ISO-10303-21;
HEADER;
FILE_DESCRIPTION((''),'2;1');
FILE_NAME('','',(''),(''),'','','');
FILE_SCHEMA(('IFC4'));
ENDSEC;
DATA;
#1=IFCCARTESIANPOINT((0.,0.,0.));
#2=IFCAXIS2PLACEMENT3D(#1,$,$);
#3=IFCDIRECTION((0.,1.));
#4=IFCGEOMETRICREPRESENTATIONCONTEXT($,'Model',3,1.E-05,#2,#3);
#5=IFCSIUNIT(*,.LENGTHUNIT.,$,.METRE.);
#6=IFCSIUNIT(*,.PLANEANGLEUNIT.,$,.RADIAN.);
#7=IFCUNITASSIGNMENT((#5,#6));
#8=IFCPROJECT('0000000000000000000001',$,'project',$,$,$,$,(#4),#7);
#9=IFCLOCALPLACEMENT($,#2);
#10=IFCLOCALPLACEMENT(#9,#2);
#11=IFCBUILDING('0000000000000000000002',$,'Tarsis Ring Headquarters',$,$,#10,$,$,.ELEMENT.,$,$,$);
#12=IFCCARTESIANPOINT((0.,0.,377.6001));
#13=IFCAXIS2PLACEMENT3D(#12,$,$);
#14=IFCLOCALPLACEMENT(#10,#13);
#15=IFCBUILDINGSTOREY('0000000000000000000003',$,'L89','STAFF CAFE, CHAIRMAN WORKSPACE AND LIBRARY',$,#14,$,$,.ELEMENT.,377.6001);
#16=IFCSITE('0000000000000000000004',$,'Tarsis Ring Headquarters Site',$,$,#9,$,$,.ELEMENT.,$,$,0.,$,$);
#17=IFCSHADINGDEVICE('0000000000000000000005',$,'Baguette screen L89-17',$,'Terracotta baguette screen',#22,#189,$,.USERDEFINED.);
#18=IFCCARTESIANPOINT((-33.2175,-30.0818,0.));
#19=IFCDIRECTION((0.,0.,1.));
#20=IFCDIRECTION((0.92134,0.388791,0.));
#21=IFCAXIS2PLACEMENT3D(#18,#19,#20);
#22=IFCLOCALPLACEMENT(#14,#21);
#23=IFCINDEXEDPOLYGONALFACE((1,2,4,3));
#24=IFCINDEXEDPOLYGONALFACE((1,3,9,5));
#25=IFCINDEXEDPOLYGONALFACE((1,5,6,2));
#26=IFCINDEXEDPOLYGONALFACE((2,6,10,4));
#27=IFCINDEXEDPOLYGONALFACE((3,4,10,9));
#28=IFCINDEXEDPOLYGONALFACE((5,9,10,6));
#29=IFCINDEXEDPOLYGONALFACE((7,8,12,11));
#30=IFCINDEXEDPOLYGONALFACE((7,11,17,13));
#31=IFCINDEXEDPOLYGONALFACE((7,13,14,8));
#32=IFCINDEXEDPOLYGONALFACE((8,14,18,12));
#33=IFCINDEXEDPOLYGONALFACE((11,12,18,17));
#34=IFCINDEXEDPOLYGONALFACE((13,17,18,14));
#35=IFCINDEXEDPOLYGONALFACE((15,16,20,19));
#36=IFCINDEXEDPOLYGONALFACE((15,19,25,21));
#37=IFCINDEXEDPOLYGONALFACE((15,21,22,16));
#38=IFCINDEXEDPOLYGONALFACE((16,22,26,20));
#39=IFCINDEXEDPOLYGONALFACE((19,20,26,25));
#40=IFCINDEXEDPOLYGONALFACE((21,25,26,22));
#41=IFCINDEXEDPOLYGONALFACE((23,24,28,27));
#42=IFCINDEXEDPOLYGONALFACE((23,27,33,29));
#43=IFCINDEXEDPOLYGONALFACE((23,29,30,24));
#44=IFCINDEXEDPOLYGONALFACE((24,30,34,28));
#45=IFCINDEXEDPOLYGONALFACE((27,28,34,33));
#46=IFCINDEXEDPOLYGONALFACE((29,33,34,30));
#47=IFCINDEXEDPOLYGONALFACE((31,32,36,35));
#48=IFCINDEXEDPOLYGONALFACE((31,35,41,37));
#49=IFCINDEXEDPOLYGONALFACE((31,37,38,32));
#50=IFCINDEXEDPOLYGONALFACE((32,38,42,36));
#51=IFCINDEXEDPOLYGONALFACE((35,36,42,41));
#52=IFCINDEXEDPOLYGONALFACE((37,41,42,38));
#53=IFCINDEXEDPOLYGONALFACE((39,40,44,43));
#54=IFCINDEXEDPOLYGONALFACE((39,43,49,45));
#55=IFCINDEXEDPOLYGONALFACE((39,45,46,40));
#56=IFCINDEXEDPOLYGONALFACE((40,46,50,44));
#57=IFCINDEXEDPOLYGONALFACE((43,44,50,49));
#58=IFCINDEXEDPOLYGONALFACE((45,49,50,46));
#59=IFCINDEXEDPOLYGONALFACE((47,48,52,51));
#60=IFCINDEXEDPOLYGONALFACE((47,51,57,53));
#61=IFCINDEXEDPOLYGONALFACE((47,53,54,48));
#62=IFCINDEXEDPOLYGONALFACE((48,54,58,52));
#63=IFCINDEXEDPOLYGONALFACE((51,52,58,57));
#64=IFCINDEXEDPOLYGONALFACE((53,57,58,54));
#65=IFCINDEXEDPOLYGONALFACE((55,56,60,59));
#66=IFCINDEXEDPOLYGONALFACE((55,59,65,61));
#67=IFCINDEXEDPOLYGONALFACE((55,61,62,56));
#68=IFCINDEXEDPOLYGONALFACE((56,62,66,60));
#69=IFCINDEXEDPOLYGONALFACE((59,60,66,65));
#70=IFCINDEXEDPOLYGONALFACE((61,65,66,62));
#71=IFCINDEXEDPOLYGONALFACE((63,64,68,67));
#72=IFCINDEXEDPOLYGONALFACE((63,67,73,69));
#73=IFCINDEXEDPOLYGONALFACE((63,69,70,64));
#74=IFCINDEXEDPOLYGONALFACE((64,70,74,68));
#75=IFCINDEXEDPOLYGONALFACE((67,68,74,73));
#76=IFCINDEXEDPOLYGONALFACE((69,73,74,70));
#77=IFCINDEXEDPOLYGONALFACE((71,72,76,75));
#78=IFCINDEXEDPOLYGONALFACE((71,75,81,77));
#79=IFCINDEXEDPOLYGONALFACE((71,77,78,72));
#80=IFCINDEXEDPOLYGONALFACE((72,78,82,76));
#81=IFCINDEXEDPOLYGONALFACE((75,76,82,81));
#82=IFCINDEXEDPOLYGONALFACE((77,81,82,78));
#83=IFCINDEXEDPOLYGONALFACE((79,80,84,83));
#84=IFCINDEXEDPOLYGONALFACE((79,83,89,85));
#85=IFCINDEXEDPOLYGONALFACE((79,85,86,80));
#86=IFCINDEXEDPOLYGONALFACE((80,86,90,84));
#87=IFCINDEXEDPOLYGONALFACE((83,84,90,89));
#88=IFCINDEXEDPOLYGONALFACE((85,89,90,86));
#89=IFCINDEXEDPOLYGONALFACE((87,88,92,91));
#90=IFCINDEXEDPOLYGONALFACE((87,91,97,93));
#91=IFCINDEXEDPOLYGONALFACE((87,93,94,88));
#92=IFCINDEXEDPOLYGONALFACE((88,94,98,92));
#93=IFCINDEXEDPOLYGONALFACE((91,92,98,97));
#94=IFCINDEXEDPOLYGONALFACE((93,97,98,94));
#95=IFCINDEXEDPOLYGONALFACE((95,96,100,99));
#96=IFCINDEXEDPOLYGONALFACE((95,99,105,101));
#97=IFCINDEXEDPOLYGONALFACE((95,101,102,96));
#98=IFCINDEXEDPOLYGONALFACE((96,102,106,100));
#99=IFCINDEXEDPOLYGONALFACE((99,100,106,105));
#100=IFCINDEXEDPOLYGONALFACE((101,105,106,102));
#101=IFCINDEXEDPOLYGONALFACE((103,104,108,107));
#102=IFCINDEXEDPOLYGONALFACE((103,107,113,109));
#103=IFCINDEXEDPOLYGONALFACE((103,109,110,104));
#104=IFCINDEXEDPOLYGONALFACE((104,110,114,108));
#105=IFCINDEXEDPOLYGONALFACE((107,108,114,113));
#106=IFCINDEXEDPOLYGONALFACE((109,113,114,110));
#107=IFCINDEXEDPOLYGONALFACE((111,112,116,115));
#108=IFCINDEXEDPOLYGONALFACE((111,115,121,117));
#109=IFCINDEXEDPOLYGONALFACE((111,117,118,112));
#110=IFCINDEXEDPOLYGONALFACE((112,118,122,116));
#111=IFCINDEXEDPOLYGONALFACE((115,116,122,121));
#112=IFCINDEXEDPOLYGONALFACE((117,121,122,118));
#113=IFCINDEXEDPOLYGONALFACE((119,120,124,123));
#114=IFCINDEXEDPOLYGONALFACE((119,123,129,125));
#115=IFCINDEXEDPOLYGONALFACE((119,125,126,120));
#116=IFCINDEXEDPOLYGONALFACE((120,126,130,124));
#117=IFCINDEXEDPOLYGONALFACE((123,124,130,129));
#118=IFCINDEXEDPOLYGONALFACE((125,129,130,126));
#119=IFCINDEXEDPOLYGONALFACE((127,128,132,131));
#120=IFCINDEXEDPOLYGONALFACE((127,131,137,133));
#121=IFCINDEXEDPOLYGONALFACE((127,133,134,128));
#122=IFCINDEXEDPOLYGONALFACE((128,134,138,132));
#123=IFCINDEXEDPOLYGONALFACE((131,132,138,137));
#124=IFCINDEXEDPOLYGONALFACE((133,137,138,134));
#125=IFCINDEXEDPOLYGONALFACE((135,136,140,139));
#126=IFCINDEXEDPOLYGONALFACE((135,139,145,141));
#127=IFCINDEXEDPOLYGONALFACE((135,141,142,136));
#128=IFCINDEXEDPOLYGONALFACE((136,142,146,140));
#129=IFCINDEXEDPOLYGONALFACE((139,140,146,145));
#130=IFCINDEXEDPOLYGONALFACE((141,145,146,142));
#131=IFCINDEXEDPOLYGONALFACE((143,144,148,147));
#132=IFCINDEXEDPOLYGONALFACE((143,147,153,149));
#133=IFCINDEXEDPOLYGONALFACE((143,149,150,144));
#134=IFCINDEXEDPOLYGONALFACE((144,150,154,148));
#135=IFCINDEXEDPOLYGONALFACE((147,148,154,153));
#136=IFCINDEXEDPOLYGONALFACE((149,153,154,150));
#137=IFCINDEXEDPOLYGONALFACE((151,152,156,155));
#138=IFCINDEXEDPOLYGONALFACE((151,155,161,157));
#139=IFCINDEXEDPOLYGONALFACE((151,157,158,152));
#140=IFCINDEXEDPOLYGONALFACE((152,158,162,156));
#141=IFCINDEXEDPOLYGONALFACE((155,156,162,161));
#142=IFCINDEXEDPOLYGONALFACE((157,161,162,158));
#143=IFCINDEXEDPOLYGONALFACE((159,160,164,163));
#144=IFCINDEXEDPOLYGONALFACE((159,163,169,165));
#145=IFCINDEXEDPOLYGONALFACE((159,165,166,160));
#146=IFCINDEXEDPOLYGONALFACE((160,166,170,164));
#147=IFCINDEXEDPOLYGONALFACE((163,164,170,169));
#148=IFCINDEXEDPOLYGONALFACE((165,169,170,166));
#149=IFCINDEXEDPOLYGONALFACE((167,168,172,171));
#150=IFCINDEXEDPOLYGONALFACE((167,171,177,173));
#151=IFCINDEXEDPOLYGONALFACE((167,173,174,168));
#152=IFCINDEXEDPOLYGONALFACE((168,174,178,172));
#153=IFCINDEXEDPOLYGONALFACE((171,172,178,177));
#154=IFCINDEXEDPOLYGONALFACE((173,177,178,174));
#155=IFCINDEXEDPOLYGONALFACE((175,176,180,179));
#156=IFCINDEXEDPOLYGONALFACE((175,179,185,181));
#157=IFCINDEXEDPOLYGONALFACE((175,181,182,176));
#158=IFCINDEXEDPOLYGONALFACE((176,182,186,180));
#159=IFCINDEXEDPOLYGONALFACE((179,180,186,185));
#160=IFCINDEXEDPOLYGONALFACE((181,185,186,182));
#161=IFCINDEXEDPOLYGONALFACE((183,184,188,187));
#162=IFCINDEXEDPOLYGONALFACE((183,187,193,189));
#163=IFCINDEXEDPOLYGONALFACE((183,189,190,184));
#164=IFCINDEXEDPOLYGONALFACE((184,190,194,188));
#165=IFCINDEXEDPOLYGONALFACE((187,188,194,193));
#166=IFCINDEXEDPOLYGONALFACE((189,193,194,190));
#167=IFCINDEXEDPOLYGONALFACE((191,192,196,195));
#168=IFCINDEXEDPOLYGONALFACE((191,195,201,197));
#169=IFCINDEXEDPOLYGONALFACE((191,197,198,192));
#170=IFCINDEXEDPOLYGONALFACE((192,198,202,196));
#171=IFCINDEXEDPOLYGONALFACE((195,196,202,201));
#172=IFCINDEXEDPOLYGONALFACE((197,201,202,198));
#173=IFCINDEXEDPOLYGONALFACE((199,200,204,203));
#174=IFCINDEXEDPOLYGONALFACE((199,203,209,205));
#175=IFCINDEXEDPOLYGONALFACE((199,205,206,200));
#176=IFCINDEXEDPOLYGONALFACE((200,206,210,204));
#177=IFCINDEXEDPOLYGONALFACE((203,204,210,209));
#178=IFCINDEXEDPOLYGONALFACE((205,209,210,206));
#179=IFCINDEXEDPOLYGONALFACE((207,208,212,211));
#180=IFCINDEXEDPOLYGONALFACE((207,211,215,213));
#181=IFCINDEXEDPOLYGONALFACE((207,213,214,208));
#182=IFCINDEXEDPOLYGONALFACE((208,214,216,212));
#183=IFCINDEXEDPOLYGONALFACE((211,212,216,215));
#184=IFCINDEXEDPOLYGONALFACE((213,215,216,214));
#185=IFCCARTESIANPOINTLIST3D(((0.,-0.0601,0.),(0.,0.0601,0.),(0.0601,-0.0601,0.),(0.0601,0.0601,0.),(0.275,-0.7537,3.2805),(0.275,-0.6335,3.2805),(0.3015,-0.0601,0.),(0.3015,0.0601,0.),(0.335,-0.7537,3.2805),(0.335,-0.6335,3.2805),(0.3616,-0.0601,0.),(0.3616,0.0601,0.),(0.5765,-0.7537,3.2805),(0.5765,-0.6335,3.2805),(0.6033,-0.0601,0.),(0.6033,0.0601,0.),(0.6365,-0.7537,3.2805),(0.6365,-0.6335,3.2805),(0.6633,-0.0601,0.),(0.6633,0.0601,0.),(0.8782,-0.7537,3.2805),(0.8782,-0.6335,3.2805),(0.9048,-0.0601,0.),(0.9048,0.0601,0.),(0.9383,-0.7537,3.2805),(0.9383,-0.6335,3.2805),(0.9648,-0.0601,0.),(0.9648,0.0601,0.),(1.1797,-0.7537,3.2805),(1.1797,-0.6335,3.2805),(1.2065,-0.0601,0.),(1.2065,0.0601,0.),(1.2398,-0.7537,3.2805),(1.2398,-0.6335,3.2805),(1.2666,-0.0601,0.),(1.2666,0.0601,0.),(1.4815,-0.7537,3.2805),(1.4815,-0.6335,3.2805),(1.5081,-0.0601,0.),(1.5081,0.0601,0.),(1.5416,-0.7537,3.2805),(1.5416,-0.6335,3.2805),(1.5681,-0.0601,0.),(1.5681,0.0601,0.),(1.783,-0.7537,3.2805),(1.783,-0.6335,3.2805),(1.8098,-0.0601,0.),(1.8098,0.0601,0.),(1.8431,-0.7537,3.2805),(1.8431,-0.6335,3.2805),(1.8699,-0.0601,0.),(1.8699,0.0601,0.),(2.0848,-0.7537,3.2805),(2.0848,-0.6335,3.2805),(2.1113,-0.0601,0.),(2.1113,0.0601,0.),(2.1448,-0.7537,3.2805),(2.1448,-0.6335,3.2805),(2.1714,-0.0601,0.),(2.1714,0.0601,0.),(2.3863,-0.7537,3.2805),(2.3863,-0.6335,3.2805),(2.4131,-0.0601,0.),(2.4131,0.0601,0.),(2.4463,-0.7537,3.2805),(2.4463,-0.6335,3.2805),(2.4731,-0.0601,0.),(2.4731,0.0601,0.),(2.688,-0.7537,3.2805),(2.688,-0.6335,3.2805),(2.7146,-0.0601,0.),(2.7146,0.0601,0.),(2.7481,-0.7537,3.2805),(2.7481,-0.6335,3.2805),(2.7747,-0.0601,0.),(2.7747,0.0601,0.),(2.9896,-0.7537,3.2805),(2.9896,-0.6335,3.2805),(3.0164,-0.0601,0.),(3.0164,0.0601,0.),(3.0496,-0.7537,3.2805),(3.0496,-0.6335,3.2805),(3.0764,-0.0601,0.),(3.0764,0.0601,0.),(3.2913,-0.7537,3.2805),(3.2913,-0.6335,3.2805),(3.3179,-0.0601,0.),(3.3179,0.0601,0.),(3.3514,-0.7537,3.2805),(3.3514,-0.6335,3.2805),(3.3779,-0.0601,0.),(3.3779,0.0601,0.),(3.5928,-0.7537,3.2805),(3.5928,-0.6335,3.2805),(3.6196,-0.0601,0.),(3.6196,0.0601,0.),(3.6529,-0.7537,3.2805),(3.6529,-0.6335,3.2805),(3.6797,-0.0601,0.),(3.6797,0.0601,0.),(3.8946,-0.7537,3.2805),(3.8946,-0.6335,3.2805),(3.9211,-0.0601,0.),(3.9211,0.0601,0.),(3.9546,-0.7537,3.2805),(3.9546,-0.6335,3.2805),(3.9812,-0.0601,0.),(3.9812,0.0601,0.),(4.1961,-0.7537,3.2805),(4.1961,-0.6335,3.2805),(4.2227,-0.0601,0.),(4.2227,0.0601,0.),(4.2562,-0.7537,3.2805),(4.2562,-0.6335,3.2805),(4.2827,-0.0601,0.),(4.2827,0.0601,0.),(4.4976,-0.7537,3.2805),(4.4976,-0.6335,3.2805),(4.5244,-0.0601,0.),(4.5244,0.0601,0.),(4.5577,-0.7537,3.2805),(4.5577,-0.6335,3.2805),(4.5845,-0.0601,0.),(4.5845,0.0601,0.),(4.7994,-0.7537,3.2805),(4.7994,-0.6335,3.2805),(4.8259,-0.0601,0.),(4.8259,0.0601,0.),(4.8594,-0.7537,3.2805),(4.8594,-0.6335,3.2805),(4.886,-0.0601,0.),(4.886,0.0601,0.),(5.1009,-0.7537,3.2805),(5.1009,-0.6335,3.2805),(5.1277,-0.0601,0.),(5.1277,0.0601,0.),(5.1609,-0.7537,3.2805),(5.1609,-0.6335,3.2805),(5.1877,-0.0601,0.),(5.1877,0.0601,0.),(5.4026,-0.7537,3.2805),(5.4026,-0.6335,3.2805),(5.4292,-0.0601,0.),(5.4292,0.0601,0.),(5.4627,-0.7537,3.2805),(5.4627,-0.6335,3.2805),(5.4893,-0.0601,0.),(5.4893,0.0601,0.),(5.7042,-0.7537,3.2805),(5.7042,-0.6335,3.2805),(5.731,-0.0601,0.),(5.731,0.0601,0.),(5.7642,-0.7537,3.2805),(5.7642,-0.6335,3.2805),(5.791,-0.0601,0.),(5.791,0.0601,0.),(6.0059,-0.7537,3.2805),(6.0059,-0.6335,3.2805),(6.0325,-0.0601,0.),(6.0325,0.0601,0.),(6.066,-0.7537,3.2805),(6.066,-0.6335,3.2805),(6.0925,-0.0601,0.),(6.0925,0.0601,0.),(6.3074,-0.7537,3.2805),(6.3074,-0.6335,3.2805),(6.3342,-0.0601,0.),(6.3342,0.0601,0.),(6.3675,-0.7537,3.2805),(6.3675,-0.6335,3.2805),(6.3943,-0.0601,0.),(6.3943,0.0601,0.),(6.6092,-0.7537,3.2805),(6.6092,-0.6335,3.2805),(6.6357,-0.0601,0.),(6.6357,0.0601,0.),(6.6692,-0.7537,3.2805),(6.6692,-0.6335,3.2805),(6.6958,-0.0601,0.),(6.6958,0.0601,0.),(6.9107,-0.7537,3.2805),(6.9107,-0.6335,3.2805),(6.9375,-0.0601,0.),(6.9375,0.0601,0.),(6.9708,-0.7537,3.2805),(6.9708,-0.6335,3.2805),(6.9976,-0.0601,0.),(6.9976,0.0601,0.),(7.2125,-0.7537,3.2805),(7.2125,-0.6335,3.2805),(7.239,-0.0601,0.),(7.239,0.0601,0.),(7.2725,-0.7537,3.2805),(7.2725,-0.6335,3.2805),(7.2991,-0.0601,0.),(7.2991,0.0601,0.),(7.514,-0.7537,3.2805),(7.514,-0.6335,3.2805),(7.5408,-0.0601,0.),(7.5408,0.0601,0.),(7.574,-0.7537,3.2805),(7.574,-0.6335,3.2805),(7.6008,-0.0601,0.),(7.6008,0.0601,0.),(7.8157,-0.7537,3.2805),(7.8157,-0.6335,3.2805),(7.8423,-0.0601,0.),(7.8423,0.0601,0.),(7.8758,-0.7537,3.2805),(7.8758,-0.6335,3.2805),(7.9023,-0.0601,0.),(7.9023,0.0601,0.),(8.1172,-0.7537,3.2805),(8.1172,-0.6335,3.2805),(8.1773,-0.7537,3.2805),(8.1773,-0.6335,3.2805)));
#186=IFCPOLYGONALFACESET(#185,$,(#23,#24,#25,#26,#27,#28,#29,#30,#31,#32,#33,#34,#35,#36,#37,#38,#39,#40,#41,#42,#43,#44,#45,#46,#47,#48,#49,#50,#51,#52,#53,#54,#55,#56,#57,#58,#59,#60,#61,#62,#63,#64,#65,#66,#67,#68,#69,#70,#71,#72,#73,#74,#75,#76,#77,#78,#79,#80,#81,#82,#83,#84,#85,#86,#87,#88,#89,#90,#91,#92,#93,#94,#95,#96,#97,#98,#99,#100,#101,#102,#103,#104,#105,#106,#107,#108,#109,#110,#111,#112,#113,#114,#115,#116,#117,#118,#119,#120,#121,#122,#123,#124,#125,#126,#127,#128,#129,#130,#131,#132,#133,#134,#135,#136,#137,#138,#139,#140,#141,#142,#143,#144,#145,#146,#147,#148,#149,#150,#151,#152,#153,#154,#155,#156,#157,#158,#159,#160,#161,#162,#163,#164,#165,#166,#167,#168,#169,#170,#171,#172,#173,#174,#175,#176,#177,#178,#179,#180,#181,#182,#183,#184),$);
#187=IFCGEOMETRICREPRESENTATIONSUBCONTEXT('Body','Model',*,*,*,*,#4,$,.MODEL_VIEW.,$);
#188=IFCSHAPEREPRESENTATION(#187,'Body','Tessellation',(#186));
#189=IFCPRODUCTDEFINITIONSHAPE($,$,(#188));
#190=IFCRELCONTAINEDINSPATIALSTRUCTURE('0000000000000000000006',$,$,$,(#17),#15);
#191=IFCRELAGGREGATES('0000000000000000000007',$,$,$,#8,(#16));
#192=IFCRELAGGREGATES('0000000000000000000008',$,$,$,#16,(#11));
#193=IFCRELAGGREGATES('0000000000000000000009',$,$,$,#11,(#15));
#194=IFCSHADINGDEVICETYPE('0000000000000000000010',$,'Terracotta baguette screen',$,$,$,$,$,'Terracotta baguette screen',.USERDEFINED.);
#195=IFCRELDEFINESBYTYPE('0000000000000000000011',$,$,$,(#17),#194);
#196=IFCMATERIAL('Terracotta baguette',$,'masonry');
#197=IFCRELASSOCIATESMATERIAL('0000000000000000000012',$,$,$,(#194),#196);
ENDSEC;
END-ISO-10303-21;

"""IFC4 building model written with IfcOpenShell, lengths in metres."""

from ifc_helpers import new_model, si_unit, direction, frame, frame_2d, origin, place, context, subcontext, project, spatial, rectangle, composite_profile, extrude, material, type_object, element, save


model = new_model("IFC4")

# Units and contexts
model_context = context("Model", 3, precision=1e-05, world=origin(), true_north=direction((0.0, 1.0)))
body_context = subcontext(model_context, "Body", "Model", "MODEL_VIEW")
ifc_project = project(units=[si_unit("LENGTHUNIT", "METRE"), si_unit("PLANEANGLEUNIT", "RADIAN")], contexts=[model_context])

# Site, building, storey
site_placement = place(None, origin())
site = spatial("IfcSite", under=ifc_project, at=site_placement, Name="Tarsis Ring Headquarters Site", CompositionType="ELEMENT", RefElevation=0.0)
building_placement = place(site_placement, origin())
building = spatial("IfcBuilding", under=site, at=building_placement, Name="Tarsis Ring Headquarters", CompositionType="ELEMENT")
storey_placement = place(building_placement, frame((0.0, 0.0, 377.6001)))
storey = spatial("IfcBuildingStorey", under=building, at=storey_placement, Name="L89", Description="STAFF CAFE, CHAIRMAN WORKSPACE AND LIBRARY", CompositionType="ELEMENT", Elevation=377.6001)

# Shading device
ifc_material_1 = material(Name="Terracotta baguette", Category="masonry")
shading_device_type_1 = type_object("IfcShadingDeviceType", Name="Terracotta baguette screen", ElementType="Terracotta baguette screen", PredefinedType="USERDEFINED", material=ifc_material_1)
shading_device_1_placement = place(storey_placement, frame((-33.2175, -30.0818, 0.0), z_axis=(0.0, 0.0, 1.0), x_axis=(0.92134, 0.388791, 0.0)))
element("IfcShadingDevice", 1, at=shading_device_1_placement, inside=storey, type_object=shading_device_type_1, Name="Baguette screen L89-17", ObjectType="Terracotta baguette screen", PredefinedType="USERDEFINED", context=body_context, shape_type="SweptSolid", body=[
    extrude(composite_profile([rectangle(XDim=0.0601, YDim=0.1201, at=frame_2d((0.03, 0.0))), rectangle(XDim=0.0601, YDim=0.1201, at=frame_2d((0.3315, 0.0))), rectangle(XDim=0.0601, YDim=0.1201, at=frame_2d((0.6333, 0.0))), rectangle(XDim=0.0601, YDim=0.1201, at=frame_2d((0.9348, 0.0))), rectangle(XDim=0.0601, YDim=0.1201, at=frame_2d((1.2366, 0.0))), rectangle(XDim=0.0601, YDim=0.1201, at=frame_2d((1.5381, 0.0))), rectangle(XDim=0.0601, YDim=0.1201, at=frame_2d((1.8398, 0.0))), rectangle(XDim=0.0601, YDim=0.1201, at=frame_2d((2.1414, 0.0))), rectangle(XDim=0.0601, YDim=0.1201, at=frame_2d((2.4431, 0.0))), rectangle(XDim=0.0601, YDim=0.1201, at=frame_2d((2.7446, 0.0))), rectangle(XDim=0.0601, YDim=0.1201, at=frame_2d((3.0464, 0.0))), rectangle(XDim=0.0601, YDim=0.1201, at=frame_2d((3.3479, 0.0))), rectangle(XDim=0.0601, YDim=0.1201, at=frame_2d((3.6497, 0.0))), rectangle(XDim=0.0601, YDim=0.1201, at=frame_2d((3.9512, 0.0))), rectangle(XDim=0.0601, YDim=0.1201, at=frame_2d((4.2527, 0.0))), rectangle(XDim=0.0601, YDim=0.1201, at=frame_2d((4.5544, 0.0))), rectangle(XDim=0.0601, YDim=0.1201, at=frame_2d((4.856, 0.0))), rectangle(XDim=0.0601, YDim=0.1201, at=frame_2d((5.1577, 0.0))), rectangle(XDim=0.0601, YDim=0.1201, at=frame_2d((5.4592, 0.0))), rectangle(XDim=0.0601, YDim=0.1201, at=frame_2d((5.761, 0.0))), rectangle(XDim=0.0601, YDim=0.1201, at=frame_2d((6.0625, 0.0))), rectangle(XDim=0.0601, YDim=0.1201, at=frame_2d((6.3643, 0.0))), rectangle(XDim=0.0601, YDim=0.1201, at=frame_2d((6.6658, 0.0))), rectangle(XDim=0.0601, YDim=0.1201, at=frame_2d((6.9675, 0.0))), rectangle(XDim=0.0601, YDim=0.1201, at=frame_2d((7.269, 0.0))), rectangle(XDim=0.0601, YDim=0.1201, at=frame_2d((7.5708, 0.0))), rectangle(XDim=0.0601, YDim=0.1201, at=frame_2d((7.8723, 0.0)))]), origin(), (0.081729, -0.206169, 0.975097), 3.3643),
])

save(model, "model.ifc")
